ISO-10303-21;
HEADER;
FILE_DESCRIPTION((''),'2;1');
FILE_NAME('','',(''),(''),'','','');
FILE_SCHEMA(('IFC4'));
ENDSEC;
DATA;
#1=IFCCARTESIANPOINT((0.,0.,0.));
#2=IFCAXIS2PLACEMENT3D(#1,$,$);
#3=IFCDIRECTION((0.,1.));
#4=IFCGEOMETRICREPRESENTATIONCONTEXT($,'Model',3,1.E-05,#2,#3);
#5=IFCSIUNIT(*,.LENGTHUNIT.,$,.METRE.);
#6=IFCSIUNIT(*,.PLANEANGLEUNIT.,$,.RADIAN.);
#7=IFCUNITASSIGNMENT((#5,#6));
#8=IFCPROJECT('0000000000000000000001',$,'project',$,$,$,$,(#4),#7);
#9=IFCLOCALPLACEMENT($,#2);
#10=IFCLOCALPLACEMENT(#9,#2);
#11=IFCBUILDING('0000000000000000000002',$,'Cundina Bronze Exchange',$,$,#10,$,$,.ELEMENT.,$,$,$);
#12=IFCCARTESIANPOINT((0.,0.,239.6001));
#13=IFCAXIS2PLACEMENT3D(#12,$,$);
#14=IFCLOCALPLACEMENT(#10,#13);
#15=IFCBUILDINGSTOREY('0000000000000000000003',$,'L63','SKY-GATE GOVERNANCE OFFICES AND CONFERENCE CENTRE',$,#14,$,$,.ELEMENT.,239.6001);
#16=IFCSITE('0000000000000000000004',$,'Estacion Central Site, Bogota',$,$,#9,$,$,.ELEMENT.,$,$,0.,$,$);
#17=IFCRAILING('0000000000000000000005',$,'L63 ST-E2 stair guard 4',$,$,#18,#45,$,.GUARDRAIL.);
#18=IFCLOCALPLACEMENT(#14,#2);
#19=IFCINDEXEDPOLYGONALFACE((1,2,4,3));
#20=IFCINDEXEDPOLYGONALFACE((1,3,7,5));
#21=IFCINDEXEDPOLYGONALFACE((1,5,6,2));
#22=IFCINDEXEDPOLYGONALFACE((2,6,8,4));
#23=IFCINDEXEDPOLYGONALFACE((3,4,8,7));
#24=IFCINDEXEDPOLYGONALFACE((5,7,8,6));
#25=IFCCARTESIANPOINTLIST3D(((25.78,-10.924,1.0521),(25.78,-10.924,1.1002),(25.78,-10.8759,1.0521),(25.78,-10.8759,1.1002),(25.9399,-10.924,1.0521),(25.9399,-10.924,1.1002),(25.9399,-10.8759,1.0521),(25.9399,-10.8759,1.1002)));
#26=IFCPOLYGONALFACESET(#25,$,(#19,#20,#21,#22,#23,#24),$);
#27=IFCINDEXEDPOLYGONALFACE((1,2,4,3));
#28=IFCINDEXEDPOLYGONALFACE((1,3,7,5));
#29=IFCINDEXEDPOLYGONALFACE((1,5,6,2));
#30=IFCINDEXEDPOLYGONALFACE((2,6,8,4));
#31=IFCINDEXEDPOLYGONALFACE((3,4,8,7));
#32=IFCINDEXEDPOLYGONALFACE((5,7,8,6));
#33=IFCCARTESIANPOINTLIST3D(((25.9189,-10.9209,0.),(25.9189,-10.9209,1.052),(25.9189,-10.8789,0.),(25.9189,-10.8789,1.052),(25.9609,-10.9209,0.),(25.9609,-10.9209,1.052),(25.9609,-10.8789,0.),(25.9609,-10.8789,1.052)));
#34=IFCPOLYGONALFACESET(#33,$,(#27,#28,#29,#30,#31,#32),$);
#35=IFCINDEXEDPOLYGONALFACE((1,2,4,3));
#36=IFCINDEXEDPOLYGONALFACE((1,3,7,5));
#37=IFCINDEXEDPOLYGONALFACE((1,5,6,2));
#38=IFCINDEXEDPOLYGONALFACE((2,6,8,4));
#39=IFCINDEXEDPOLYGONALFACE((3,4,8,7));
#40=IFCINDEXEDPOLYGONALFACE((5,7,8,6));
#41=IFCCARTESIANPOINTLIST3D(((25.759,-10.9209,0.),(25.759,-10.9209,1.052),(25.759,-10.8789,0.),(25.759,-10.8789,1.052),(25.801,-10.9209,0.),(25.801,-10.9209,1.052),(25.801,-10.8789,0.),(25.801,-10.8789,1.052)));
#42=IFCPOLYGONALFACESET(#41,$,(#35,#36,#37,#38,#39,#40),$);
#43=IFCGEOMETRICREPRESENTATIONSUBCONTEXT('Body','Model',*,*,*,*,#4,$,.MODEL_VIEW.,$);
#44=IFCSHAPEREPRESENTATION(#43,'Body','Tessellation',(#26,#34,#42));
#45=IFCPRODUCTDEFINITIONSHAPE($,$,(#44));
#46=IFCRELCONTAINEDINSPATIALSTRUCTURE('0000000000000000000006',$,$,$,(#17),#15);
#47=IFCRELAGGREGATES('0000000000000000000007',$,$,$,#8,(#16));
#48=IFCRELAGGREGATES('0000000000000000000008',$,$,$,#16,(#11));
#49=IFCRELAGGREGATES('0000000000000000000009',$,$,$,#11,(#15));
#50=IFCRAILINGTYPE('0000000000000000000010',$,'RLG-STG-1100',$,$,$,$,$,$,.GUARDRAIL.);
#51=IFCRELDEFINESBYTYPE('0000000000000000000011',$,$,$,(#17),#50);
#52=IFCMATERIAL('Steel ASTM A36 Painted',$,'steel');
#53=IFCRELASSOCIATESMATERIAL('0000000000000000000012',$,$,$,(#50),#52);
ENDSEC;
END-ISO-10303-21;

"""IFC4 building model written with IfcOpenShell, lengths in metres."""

from ifc_helpers import new_model, si_unit, direction, frame, origin, origin_2d, place, context, subcontext, project, spatial, rectangle, extrude, material, type_object, element, save


model = new_model("IFC4")

# Units and contexts
model_context = context("Model", 3, precision=1e-05, world=origin(), true_north=direction((0.0, 1.0)))
body_context = subcontext(model_context, "Body", "Model", "MODEL_VIEW")
ifc_project = project(units=[si_unit("LENGTHUNIT", "METRE"), si_unit("PLANEANGLEUNIT", "RADIAN")], contexts=[model_context])

# Site, building, storey
site_placement = place(None, origin())
site = spatial("IfcSite", under=ifc_project, at=site_placement, Name="Estacion Central Site, Bogota", CompositionType="ELEMENT", RefElevation=0.0)
building_placement = place(site_placement, origin())
building = spatial("IfcBuilding", under=site, at=building_placement, Name="Cundina Bronze Exchange", CompositionType="ELEMENT")
storey_placement = place(building_placement, frame((0.0, 0.0, 239.6001)))
storey = spatial("IfcBuildingStorey", under=building, at=storey_placement, Name="L63", Description="SKY-GATE GOVERNANCE OFFICES AND CONFERENCE CENTRE", CompositionType="ELEMENT", Elevation=239.6001)

# Shared definitions
ifc_material_1 = material(Name="Steel ASTM A36 Painted", Category="steel")

# Railing
railing_type_1 = type_object("IfcRailingType", Name="RLG-STG-1100", PredefinedType="GUARDRAIL", material=ifc_material_1)
railing_1_placement = place(storey_placement, frame((25.9399, -10.8999, 0.0)))
element("IfcRailing", 1, at=railing_1_placement, inside=storey, type_object=railing_type_1, Name="L63 ST-E2 stair guard 4", PredefinedType="GUARDRAIL", context=body_context, shape_type="SweptSolid", body=[
    extrude(rectangle(XDim=0.0481, YDim=0.0481, at=origin_2d()), frame((0.0, 0.0, 1.0762), z_axis=(-1.0, 0.0, 0.0), x_axis=(0.0, -1.0, 0.0)), (0.0, 0.0, 1.0), 0.1599),
    extrude(rectangle(XDim=0.042, YDim=0.042, at=origin_2d()), origin(), (0.0, 0.0, 1.0), 1.052),
    extrude(rectangle(XDim=0.042, YDim=0.042, at=origin_2d()), frame((-0.1599, 0.0, 0.0)), (0.0, 0.0, 1.0), 1.052),
])

save(model, "model.ifc")
